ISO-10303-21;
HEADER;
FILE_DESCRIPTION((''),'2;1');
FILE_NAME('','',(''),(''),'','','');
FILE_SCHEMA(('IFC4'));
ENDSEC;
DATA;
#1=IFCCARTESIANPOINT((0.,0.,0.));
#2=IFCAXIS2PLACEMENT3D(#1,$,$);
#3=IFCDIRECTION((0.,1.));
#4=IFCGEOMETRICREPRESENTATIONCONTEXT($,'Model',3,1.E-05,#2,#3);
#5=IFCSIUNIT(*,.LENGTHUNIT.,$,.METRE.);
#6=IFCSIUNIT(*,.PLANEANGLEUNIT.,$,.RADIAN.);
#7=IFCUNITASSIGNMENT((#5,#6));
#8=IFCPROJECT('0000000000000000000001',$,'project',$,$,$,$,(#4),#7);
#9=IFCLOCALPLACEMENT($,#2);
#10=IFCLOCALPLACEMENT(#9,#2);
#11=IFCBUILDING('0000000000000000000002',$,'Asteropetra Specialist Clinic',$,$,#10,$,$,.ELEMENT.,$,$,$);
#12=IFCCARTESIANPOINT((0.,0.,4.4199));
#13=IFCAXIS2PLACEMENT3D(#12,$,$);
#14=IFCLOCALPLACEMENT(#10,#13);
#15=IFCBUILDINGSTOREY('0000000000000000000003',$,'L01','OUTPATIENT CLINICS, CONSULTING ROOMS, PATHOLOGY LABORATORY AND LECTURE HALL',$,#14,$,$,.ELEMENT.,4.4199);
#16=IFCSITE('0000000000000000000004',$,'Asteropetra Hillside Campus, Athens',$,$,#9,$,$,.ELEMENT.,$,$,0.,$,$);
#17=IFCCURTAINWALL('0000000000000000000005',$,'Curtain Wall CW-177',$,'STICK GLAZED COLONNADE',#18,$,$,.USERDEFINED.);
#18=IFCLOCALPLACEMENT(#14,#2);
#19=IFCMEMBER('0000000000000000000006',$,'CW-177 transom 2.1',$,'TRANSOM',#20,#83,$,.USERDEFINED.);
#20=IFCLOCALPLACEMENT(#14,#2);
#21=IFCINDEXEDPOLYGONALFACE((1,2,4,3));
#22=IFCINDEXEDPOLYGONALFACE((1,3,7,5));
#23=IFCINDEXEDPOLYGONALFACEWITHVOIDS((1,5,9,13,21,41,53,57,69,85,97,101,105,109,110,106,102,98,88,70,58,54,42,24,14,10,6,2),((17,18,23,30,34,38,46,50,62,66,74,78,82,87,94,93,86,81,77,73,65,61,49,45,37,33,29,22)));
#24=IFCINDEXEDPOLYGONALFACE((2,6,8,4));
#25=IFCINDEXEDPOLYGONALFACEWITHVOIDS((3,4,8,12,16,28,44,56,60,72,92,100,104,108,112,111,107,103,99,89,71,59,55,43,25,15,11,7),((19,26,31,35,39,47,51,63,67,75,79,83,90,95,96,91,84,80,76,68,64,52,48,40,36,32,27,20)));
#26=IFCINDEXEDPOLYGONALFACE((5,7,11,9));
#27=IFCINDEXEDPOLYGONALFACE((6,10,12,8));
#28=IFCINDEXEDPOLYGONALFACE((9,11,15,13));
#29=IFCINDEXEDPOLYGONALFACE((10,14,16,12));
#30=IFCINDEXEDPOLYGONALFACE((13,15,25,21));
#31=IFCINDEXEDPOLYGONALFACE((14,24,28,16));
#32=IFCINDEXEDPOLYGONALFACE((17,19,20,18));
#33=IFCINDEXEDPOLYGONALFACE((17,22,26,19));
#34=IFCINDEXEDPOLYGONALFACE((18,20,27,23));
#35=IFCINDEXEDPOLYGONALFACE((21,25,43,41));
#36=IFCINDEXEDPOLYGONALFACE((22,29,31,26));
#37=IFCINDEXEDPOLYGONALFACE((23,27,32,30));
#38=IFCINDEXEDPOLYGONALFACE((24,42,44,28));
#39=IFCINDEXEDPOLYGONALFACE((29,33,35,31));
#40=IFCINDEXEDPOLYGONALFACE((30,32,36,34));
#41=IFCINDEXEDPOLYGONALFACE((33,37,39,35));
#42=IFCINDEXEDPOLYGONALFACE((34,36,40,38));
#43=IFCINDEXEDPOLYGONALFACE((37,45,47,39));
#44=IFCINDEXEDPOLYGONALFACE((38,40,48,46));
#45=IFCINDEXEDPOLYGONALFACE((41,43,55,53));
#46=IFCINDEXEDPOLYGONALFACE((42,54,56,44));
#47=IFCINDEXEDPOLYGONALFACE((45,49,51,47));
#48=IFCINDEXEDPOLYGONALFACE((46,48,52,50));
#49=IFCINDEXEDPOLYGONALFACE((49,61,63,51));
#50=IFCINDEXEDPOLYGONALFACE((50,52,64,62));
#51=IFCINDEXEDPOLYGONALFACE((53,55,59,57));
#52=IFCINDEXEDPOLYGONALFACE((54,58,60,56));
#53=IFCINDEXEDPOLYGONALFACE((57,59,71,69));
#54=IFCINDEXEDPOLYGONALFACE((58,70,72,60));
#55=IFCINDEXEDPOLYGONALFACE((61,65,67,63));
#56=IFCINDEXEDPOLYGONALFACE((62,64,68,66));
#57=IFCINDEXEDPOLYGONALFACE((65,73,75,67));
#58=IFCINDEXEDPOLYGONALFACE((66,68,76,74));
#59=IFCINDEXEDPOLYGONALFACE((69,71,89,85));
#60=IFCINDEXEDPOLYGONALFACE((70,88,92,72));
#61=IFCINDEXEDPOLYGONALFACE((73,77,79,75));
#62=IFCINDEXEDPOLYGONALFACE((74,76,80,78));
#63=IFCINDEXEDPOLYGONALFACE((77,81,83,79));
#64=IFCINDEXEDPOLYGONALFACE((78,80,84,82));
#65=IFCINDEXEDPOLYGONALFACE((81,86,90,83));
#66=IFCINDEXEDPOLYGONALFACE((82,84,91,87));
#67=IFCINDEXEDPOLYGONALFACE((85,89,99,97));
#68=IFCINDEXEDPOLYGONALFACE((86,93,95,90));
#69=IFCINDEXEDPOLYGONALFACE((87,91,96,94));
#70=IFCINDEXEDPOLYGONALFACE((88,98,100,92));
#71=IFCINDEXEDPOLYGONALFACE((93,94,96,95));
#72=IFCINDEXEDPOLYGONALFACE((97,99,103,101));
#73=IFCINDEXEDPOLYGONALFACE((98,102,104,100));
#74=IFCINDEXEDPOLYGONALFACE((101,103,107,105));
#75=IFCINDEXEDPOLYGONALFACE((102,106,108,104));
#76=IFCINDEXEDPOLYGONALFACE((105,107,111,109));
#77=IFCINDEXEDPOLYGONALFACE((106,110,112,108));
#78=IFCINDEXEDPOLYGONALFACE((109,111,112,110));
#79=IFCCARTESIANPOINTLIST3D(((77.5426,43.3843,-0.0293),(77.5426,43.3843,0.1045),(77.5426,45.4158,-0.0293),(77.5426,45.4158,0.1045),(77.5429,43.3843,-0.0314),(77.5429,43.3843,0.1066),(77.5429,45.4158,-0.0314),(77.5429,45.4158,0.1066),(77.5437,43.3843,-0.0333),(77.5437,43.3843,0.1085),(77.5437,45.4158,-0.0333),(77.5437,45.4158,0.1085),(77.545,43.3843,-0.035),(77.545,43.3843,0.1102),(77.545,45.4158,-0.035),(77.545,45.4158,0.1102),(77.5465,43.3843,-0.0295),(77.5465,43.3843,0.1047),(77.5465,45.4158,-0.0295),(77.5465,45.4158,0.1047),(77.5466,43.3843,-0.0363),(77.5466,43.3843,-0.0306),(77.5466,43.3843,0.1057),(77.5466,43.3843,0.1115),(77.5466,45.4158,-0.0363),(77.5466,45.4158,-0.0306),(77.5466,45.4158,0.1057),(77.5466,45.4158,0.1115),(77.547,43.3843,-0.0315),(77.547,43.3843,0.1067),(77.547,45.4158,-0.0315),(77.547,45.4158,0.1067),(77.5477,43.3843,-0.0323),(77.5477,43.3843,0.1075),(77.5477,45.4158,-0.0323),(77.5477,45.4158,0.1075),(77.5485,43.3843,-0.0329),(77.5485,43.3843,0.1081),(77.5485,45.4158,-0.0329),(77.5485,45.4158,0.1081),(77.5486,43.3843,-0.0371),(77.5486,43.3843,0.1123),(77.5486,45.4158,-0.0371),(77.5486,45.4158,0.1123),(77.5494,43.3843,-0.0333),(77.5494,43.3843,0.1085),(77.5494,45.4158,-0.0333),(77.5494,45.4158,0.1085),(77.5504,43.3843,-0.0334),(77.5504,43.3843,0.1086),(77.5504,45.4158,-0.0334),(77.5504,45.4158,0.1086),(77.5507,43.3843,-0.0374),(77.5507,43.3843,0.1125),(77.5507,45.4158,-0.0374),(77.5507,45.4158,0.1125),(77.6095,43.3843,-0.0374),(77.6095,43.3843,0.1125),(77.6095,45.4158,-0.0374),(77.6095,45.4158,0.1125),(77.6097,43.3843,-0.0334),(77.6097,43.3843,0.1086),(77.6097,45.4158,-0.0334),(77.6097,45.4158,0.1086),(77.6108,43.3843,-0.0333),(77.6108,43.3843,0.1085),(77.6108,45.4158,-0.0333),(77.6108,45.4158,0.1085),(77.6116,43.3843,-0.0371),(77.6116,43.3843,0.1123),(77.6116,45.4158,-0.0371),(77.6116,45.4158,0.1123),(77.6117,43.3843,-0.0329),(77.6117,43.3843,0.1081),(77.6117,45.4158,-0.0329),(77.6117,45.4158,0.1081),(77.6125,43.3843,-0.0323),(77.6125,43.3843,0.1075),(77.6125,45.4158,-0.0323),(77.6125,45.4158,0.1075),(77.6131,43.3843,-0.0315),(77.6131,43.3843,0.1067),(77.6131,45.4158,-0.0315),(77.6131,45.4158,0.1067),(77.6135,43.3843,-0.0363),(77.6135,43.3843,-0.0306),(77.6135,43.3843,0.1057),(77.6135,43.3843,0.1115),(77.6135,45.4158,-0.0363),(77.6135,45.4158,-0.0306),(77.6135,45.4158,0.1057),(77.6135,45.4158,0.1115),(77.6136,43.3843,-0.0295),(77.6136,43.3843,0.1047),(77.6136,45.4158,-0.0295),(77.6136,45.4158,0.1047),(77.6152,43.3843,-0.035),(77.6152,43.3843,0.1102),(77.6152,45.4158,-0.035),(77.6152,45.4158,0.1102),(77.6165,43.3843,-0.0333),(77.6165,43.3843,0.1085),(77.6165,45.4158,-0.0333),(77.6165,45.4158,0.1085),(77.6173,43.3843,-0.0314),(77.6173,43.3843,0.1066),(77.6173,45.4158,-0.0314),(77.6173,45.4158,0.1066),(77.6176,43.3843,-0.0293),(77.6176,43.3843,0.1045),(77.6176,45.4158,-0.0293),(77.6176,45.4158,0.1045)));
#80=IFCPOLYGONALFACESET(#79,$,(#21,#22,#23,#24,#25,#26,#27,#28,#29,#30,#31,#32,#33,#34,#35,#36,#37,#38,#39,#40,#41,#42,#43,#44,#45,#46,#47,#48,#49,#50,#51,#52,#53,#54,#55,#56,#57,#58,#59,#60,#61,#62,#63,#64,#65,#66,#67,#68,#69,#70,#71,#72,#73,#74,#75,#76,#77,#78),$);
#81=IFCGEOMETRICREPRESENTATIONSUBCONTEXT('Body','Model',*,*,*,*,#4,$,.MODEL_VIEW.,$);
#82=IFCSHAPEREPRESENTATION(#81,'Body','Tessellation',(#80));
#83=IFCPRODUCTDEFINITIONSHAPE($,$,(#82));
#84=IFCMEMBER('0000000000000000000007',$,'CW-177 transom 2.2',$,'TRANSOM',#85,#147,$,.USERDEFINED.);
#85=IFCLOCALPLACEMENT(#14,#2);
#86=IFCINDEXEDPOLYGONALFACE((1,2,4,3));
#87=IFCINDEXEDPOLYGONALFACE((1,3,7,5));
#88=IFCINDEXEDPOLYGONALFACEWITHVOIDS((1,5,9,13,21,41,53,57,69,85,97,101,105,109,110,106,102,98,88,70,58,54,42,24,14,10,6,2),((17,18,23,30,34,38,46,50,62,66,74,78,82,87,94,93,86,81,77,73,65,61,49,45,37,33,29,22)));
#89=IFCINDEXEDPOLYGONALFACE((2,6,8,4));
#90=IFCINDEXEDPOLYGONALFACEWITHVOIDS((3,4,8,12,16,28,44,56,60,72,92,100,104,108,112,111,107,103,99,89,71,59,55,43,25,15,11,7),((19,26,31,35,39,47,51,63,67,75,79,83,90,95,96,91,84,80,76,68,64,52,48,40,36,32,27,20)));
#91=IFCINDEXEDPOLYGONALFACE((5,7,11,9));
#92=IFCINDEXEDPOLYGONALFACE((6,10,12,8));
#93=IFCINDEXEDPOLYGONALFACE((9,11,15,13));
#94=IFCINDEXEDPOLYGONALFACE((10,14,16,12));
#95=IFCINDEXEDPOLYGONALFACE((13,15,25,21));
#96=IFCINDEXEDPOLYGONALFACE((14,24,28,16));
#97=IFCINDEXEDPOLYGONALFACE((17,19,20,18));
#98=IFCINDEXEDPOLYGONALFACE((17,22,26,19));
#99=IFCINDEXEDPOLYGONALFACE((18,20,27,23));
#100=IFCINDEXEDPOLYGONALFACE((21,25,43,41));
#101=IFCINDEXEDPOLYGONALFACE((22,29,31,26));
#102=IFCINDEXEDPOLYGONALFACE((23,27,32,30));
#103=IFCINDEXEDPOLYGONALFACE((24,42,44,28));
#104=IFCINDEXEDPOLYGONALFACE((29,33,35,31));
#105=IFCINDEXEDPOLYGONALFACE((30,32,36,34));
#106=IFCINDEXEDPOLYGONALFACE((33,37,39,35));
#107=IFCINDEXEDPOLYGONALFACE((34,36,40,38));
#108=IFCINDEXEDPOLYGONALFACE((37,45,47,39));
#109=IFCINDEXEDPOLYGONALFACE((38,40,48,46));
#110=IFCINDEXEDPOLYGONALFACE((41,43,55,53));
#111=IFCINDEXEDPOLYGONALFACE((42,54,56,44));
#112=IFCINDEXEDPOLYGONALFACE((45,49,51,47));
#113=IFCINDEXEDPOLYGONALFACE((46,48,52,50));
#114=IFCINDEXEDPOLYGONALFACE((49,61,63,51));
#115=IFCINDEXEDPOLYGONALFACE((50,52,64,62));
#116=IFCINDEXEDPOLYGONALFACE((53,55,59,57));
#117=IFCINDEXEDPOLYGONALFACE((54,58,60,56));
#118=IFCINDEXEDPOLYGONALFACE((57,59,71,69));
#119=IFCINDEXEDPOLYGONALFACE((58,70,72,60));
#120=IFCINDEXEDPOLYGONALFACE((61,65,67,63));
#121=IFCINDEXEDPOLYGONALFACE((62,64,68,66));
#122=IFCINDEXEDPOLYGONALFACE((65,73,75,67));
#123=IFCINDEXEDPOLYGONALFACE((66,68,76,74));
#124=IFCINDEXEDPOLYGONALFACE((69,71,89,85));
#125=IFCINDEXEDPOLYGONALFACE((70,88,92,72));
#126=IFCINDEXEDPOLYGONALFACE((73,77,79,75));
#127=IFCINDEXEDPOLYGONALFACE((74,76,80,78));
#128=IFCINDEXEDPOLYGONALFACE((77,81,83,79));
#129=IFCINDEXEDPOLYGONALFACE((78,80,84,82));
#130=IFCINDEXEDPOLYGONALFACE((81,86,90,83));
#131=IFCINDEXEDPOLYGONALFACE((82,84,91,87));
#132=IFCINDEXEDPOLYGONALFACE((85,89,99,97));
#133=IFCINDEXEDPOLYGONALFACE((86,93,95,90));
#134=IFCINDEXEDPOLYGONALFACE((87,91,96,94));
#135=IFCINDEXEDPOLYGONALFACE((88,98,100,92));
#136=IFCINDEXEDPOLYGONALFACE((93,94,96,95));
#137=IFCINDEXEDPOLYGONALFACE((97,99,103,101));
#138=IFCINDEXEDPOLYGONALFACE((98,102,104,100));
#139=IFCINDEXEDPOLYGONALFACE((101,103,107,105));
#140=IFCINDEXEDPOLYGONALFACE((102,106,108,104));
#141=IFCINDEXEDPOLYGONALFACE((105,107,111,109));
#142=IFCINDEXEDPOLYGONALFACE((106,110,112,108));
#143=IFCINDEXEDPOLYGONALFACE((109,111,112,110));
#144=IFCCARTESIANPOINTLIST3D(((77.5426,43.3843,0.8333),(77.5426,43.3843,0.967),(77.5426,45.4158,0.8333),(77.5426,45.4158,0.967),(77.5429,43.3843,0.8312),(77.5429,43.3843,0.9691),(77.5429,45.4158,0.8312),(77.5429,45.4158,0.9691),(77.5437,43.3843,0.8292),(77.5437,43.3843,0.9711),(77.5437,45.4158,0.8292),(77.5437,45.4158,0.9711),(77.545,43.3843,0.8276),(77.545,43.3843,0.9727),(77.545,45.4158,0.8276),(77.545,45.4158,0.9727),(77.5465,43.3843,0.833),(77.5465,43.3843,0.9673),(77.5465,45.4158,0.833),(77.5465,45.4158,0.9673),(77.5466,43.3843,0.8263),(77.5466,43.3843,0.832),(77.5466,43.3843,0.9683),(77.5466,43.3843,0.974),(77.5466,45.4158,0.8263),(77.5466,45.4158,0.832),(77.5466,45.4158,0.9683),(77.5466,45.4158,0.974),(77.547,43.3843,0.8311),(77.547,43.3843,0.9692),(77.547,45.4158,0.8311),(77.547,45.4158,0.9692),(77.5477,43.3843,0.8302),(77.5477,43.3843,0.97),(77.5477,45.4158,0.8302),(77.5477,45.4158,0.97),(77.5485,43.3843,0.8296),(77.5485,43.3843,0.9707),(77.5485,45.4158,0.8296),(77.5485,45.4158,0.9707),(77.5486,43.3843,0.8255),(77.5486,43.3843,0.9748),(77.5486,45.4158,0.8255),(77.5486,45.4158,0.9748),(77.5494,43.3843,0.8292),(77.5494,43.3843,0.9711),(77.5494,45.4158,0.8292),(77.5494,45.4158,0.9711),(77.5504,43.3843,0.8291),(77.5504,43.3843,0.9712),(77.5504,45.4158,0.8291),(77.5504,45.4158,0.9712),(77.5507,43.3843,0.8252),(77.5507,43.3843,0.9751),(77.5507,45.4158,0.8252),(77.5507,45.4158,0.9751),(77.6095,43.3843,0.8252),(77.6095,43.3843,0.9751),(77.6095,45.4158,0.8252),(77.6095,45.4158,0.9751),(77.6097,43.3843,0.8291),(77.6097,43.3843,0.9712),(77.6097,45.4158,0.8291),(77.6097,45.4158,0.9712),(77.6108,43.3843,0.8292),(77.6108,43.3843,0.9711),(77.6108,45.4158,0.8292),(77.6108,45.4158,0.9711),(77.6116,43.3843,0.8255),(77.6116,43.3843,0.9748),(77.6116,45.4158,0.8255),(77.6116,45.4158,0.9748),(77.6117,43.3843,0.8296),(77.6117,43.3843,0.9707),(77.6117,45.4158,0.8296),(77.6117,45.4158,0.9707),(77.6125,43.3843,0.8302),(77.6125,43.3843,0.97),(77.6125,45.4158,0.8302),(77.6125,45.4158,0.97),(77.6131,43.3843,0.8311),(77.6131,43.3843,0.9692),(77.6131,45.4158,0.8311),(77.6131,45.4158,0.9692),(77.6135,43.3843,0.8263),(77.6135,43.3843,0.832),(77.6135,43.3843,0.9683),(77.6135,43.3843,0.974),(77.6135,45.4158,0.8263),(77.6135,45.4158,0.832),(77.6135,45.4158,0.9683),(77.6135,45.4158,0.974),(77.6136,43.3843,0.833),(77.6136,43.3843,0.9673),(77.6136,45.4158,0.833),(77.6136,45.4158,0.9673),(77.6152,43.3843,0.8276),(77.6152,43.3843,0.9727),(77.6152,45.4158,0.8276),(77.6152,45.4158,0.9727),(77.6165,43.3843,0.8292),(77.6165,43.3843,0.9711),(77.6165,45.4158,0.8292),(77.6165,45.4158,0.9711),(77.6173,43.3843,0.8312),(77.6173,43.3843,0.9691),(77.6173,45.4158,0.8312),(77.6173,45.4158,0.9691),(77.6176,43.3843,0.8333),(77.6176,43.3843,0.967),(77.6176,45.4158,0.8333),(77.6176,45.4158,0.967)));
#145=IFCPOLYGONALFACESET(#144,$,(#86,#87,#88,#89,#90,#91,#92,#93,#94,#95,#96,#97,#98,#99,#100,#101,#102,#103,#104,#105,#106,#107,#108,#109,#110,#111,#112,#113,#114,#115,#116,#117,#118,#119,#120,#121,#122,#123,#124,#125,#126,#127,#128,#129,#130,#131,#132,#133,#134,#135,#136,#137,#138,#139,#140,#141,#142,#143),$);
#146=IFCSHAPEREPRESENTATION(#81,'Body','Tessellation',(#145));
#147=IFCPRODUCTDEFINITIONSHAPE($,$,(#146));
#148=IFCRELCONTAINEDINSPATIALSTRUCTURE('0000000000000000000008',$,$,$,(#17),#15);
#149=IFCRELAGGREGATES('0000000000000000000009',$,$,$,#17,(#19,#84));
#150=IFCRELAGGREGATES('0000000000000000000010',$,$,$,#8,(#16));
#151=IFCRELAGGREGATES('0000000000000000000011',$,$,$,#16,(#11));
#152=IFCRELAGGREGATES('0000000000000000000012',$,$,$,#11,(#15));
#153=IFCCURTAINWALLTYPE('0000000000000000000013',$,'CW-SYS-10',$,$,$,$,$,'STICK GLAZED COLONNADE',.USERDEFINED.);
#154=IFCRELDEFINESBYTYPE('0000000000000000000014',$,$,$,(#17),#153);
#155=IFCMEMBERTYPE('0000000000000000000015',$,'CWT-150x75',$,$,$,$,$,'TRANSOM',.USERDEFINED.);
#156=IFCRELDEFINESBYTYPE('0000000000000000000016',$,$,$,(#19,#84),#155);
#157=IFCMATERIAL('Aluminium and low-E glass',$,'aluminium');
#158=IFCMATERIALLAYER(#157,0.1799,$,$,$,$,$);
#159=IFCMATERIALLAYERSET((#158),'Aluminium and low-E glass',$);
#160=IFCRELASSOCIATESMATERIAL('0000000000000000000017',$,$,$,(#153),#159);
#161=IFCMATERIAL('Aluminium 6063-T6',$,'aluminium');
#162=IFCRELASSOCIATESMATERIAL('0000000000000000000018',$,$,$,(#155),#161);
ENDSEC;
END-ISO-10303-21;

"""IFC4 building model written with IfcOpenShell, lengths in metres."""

from ifc_helpers import new_model, si_unit, direction, frame, origin, origin_2d, place, context, subcontext, project, spatial, hollow_rectangle, extrude, material, layer, layer_set, material_profile, profile_set, type_object, element, aggregate, save


model = new_model("IFC4")

# Units and contexts
model_context = context("Model", 3, precision=1e-05, world=origin(), true_north=direction((0.0, 1.0)))
body_context = subcontext(model_context, "Body", "Model", "MODEL_VIEW")
ifc_project = project(units=[si_unit("LENGTHUNIT", "METRE"), si_unit("PLANEANGLEUNIT", "RADIAN")], contexts=[model_context])

# Site, building, storey
site_placement = place(None, origin())
site = spatial("IfcSite", under=ifc_project, at=site_placement, Name="Asteropetra Hillside Campus, Athens", CompositionType="ELEMENT", RefElevation=0.0)
building_placement = place(site_placement, origin())
building = spatial("IfcBuilding", under=site, at=building_placement, Name="Asteropetra Specialist Clinic", CompositionType="ELEMENT")
storey_placement = place(building_placement, frame((0.0, 0.0, 4.4199)))
storey = spatial("IfcBuildingStorey", under=building, at=storey_placement, Name="L01", Description="OUTPATIENT CLINICS, CONSULTING ROOMS, PATHOLOGY LABORATORY AND LECTURE HALL", CompositionType="ELEMENT", Elevation=4.4199)

# Curtain wall, members
ifc_material_1 = material(Name="Aluminium and low-E glass", Category="aluminium")
ifc_layer_1 = layer(ifc_material_1, 0.1799)
ifc_layer_set_1 = layer_set([ifc_layer_1], Name="Aluminium and low-E glass")
curtain_wall_type = type_object("IfcCurtainWallType", Name="CW-SYS-10", ElementType="STICK GLAZED COLONNADE", PredefinedType="USERDEFINED", material=ifc_layer_set_1)
curtain_wall_placement = place(storey_placement, origin())
curtain_wall = element("IfcCurtainWall", 1, at=curtain_wall_placement, inside=storey, type_object=curtain_wall_type, Name="Curtain Wall CW-177", ObjectType="STICK GLAZED COLONNADE", PredefinedType="USERDEFINED")
ifc_material_2 = material(Name="Aluminium 6063-T6", Category="aluminium")
ifc_material_profile_1 = material_profile(ifc_material_2, hollow_rectangle(XDim=0.075, YDim=0.1499, WallThickness=0.0039, InnerFilletRadius=0.0039, OuterFilletRadius=0.0081, at=origin_2d()), Name="TRN 150x75x4.0")
ifc_profile_set_1 = profile_set([ifc_material_profile_1], Name="Aluminium 6063-T6")
member_type_1 = type_object("IfcMemberType", Name="CWT-150x75", ElementType="TRANSOM", PredefinedType="USERDEFINED", material=ifc_profile_set_1)
member_1_placement = place(storey_placement, frame((77.5801, 45.4158, 0.0376), z_axis=(0.0, -1.0, 0.0), x_axis=(1.0, 0.0, 0.0)))
member_1 = element("IfcMember", 2, at=member_1_placement, type_object=member_type_1, Name="CW-177 transom 2.1", ObjectType="TRANSOM", PredefinedType="USERDEFINED", context=body_context, shape_type="SweptSolid", body=[
    extrude(hollow_rectangle(XDim=0.075, YDim=0.1499, WallThickness=0.0039, InnerFilletRadius=0.0039, OuterFilletRadius=0.0081, at=origin_2d()), origin(), (0.0, 0.0, 1.0), 2.0315),
])
member_2_placement = place(storey_placement, frame((77.5801, 45.4158, 0.9001), z_axis=(0.0, -1.0, 0.0), x_axis=(1.0, 0.0, 0.0)))
member_2 = element("IfcMember", 3, at=member_2_placement, type_object=member_type_1, Name="CW-177 transom 2.2", ObjectType="TRANSOM", PredefinedType="USERDEFINED", context=body_context, shape_type="SweptSolid", body=[
    extrude(hollow_rectangle(XDim=0.075, YDim=0.1499, WallThickness=0.0039, InnerFilletRadius=0.0039, OuterFilletRadius=0.0081, at=origin_2d()), origin(), (0.0, 0.0, 1.0), 2.0315),
])

aggregate(curtain_wall, [member_1, member_2])

save(model, "model.ifc")
